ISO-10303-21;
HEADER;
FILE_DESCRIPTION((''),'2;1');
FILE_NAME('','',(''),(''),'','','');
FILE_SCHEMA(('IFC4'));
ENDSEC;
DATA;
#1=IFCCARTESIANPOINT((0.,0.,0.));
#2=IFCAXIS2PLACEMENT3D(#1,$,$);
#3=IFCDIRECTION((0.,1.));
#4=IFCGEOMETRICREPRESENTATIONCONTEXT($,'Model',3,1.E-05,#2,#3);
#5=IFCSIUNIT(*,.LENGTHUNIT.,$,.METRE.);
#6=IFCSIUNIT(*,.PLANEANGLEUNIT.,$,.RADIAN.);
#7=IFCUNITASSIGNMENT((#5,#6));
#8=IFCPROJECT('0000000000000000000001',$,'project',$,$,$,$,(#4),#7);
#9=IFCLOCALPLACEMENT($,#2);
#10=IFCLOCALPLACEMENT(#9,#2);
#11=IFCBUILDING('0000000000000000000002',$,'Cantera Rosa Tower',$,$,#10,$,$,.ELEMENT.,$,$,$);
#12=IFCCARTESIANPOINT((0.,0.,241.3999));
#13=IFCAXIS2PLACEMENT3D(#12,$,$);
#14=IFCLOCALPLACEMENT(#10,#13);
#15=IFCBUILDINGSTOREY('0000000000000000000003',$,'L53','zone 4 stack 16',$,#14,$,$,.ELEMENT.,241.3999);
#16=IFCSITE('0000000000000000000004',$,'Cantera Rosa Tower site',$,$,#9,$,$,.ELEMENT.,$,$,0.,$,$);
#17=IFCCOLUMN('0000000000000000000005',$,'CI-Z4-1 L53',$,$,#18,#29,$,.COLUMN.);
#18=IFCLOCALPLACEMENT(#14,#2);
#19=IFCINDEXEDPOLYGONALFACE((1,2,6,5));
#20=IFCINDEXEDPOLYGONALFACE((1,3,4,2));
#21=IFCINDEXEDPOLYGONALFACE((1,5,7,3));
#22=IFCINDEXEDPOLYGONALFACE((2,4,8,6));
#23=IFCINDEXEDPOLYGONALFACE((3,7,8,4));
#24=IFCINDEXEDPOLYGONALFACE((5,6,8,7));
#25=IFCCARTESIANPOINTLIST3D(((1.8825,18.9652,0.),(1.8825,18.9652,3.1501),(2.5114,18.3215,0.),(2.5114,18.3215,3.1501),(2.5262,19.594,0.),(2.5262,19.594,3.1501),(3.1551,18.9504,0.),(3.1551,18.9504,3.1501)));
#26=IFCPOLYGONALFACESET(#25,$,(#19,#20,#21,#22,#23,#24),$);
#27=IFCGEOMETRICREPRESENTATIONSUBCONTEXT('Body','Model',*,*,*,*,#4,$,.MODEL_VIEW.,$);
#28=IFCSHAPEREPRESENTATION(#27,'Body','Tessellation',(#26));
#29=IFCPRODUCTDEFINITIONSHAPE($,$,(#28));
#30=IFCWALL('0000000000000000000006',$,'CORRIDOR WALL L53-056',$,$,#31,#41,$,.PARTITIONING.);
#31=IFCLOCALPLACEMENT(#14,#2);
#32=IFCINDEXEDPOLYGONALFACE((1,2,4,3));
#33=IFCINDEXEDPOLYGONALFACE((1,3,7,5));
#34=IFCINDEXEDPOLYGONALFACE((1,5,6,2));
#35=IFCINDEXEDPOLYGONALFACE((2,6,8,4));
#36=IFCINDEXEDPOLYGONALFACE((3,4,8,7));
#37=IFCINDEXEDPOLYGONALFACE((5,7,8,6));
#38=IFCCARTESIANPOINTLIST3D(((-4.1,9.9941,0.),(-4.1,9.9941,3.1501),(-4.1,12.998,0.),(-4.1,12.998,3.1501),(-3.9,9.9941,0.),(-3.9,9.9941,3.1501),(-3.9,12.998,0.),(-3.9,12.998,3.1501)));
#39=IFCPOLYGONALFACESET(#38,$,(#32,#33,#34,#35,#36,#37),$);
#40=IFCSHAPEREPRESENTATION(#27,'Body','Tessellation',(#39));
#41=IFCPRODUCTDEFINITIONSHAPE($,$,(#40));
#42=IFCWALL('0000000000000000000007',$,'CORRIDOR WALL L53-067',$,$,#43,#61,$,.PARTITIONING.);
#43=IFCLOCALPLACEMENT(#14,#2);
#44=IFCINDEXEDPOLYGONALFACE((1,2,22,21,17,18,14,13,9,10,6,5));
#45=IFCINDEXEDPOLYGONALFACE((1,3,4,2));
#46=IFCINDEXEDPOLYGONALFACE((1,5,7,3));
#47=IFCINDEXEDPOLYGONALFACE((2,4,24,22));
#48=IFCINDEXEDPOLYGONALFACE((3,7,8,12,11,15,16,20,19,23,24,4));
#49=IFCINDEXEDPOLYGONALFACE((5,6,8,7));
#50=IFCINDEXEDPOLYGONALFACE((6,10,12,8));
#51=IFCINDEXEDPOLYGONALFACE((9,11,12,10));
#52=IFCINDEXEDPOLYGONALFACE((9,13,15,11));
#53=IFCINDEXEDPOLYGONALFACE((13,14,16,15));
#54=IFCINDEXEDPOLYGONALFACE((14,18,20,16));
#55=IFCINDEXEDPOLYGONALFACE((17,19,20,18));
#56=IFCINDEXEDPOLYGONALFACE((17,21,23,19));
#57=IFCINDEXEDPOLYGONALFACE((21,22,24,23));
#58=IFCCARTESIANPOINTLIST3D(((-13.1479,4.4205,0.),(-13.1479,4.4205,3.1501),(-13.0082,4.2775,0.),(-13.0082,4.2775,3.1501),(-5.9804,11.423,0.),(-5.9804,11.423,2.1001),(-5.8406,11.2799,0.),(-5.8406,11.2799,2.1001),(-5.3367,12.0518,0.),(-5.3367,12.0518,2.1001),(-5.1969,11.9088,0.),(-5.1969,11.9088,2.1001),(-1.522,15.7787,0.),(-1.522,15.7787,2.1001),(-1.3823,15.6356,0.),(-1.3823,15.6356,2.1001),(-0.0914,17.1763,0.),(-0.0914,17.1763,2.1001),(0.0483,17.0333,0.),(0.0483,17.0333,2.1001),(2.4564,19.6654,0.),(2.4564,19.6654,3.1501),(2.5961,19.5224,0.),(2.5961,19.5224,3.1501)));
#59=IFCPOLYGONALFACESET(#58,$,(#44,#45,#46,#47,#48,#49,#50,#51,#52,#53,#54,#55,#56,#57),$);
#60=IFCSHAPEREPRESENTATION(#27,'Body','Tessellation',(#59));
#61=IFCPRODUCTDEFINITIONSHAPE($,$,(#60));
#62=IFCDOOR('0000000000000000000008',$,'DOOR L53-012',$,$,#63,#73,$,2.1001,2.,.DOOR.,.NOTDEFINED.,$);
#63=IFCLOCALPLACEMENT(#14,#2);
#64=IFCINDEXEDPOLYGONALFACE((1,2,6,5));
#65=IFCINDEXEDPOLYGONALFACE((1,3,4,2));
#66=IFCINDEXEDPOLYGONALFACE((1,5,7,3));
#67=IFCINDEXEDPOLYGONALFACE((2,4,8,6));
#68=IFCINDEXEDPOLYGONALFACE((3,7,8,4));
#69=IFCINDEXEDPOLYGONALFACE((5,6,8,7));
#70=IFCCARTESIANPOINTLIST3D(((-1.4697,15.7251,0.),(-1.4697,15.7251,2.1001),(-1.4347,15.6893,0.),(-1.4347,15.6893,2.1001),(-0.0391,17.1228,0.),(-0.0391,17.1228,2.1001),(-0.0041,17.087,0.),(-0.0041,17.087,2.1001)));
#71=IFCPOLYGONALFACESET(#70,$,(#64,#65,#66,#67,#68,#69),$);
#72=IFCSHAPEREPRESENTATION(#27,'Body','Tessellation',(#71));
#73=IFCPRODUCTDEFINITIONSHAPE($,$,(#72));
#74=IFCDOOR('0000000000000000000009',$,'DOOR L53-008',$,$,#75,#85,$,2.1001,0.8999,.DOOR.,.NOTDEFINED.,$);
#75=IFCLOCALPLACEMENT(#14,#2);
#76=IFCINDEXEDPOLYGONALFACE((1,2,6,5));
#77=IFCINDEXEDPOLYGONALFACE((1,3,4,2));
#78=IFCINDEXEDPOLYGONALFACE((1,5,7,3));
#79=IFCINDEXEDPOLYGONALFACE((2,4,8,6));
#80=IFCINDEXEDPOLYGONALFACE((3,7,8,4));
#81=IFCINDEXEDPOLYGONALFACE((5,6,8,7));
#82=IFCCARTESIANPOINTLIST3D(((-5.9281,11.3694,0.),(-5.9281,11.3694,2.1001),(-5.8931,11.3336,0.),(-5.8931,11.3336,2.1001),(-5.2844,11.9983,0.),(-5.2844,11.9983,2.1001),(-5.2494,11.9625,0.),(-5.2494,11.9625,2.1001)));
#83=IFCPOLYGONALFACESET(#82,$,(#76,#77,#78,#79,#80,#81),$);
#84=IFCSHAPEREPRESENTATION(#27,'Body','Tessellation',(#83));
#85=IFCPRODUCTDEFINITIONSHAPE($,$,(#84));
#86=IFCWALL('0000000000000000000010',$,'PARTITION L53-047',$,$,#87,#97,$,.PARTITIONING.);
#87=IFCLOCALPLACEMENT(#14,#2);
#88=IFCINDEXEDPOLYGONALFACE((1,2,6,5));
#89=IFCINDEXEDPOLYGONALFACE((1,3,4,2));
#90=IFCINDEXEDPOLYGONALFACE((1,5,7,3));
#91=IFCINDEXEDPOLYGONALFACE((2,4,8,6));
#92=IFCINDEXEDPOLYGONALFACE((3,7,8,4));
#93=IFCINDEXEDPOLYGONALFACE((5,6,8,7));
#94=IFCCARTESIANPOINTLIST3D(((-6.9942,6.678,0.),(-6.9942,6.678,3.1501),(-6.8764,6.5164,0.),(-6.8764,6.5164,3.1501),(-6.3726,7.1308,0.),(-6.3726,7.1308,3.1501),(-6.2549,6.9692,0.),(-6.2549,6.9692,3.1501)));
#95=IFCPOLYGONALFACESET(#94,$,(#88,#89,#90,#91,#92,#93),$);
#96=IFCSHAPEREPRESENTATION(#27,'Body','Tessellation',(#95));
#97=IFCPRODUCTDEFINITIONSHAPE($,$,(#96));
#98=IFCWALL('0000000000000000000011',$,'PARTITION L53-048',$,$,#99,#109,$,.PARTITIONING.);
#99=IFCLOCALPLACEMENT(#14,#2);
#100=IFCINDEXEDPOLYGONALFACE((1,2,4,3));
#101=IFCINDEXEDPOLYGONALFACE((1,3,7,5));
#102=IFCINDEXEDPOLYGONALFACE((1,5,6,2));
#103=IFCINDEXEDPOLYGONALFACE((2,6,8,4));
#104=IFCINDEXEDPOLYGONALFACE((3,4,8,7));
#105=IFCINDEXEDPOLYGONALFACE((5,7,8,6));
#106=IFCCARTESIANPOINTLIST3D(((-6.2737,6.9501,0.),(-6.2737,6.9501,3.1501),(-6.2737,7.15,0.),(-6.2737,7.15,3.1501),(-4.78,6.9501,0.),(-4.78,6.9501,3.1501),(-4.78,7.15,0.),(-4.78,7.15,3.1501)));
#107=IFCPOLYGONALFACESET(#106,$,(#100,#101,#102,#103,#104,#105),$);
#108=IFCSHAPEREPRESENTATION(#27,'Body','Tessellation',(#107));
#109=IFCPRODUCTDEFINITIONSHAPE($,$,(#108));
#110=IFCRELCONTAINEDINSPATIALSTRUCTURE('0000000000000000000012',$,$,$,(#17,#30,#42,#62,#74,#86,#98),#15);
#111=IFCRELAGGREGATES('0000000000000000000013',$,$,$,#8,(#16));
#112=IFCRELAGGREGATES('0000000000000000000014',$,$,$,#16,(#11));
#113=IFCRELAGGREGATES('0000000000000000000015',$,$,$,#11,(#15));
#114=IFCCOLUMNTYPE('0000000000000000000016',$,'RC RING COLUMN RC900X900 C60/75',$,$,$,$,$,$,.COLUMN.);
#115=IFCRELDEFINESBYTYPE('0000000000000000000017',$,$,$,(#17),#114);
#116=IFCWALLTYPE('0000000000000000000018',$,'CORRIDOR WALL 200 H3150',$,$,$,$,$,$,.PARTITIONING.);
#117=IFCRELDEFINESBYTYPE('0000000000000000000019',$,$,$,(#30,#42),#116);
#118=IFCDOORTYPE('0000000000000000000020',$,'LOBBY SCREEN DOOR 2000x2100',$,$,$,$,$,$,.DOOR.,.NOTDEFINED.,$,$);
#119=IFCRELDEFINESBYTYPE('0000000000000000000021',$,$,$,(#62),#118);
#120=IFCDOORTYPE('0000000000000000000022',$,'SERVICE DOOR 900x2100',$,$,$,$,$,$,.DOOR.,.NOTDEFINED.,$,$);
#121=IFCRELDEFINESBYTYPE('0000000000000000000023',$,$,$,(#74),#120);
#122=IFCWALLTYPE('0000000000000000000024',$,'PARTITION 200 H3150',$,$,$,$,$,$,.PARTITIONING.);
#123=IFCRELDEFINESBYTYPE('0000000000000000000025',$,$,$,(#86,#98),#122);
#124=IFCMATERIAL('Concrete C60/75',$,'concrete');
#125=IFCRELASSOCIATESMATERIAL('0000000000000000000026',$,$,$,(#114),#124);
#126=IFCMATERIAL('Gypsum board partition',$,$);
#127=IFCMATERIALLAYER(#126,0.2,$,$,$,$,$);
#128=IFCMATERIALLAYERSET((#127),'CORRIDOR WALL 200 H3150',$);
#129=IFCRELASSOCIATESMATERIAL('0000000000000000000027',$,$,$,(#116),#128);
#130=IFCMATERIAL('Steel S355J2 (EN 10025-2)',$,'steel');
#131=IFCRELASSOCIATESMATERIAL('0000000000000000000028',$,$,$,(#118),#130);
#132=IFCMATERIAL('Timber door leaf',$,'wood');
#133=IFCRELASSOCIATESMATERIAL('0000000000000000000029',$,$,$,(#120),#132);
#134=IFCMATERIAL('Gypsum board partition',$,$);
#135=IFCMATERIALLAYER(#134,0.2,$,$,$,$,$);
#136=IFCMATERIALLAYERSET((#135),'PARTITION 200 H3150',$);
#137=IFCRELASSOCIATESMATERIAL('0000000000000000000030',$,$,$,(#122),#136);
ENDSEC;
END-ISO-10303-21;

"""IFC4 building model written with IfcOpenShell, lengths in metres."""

from ifc_helpers import new_model, si_unit, direction, frame, frame_2d, origin, origin_2d, place, context, subcontext, project, spatial, rectangle, extrude, material, layer, layer_set, material_profile, profile_set, type_object, element, fill, save


model = new_model("IFC4")

# Units and contexts
model_context = context("Model", 3, precision=1e-05, world=origin(), true_north=direction((0.0, 1.0)))
body_context = subcontext(model_context, "Body", "Model", "MODEL_VIEW")
ifc_project = project(units=[si_unit("LENGTHUNIT", "METRE"), si_unit("PLANEANGLEUNIT", "RADIAN")], contexts=[model_context])

# Site, building, storey
site_placement = place(None, origin())
site = spatial("IfcSite", under=ifc_project, at=site_placement, Name="Cantera Rosa Tower site", CompositionType="ELEMENT", RefElevation=0.0)
building_placement = place(site_placement, origin())
building = spatial("IfcBuilding", under=site, at=building_placement, Name="Cantera Rosa Tower", CompositionType="ELEMENT")
storey_placement = place(building_placement, frame((0.0, 0.0, 241.3999)))
storey = spatial("IfcBuildingStorey", under=building, at=storey_placement, Name="L53", Description="zone 4 stack 16", CompositionType="ELEMENT", Elevation=241.3999)

# Column
ifc_material_1 = material(Name="Concrete C60/75", Category="concrete")
ifc_material_profile = material_profile(ifc_material_1, rectangle(XDim=0.8999, YDim=0.8999, at=origin_2d()), Name="RC RING COLUMN RC900X900 C60/75")
ifc_profile_set = profile_set([ifc_material_profile], Name="Concrete C60/75")
column_type = type_object("IfcColumnType", Name="RC RING COLUMN RC900X900 C60/75", PredefinedType="COLUMN", material=ifc_profile_set)
column_placement = place(storey_placement, frame((2.5188, 18.9578, 0.0), z_axis=(0.0, 0.0, 1.0), x_axis=(0.715286, 0.698832, 0.0)))
element("IfcColumn", 1, at=column_placement, inside=storey, type_object=column_type, Name="CI-Z4-1 L53", PredefinedType="COLUMN", context=body_context, shape_type="SweptSolid", body=[
    extrude(rectangle(XDim=0.8999, YDim=0.8999, at=origin_2d()), origin(), (0.0, 0.0, 1.0), 3.1501),
])

# Wall
ifc_material_2 = material(Name="Gypsum board partition")
ifc_layer_1 = layer(ifc_material_2, 0.2)
ifc_layer_set_1 = layer_set([ifc_layer_1], Name="CORRIDOR WALL 200 H3150")
wall_type_1 = type_object("IfcWallType", Name="CORRIDOR WALL 200 H3150", PredefinedType="PARTITIONING", material=ifc_layer_set_1)
wall_1_placement = place(storey_placement, frame((-4.0, 12.998, 0.0), z_axis=(0.0, 0.0, 1.0), x_axis=(0.0, -1.0, 0.0)))
element("IfcWall", 2, at=wall_1_placement, inside=storey, type_object=wall_type_1, Name="CORRIDOR WALL L53-056", PredefinedType="PARTITIONING", context=body_context, shape_type="SweptSolid", body=[
    extrude(rectangle(XDim=3.0039, YDim=0.2, at=frame_2d((1.502, 0.0))), origin(), (0.0, 0.0, 1.0), 3.1501),
])

# Wall, openings, doors
wall_2_placement = place(storey_placement, frame((2.5264, 19.594, 0.0), z_axis=(0.0, 0.0, 1.0), x_axis=(-0.715296, -0.698822, 0.0)))
wall_2 = element("IfcWall", 3, at=wall_2_placement, inside=storey, type_object=wall_type_1, Name="CORRIDOR WALL L53-067", PredefinedType="PARTITIONING", context=body_context, shape_type="SweptSolid", body=[
    extrude(rectangle(XDim=21.8152, YDim=0.2, at=frame_2d((10.9077, 0.0))), origin(), (0.0, 0.0, 1.0), 3.1501),
])
opening_1_placement = place(wall_2_placement, frame((10.895, 0.0, 0.0)))
opening_1 = element("IfcOpeningElement", 4, at=opening_1_placement, cuts=wall_2, PredefinedType="OPENING", context=body_context, shape_type="SweptSolid", body=[
    extrude(rectangle(XDim=0.8999, YDim=2.1001, at=frame_2d((0.45, 1.05))), frame((0.0, 0.1099, 0.0), z_axis=(0.0, -1.0, 0.0), x_axis=(1.0, 0.0, 0.0)), (0.0, 0.0, 1.0), 0.22),
])
opening_2_placement = place(wall_2_placement, frame((3.562, 0.0, 0.0)))
opening_2 = element("IfcOpeningElement", 5, at=opening_2_placement, cuts=wall_2, PredefinedType="OPENING", context=body_context, shape_type="SweptSolid", body=[
    extrude(rectangle(XDim=2.0, YDim=2.1001, at=frame_2d((1.0, 1.05))), frame((0.0, 0.1099, 0.0), z_axis=(0.0, -1.0, 0.0), x_axis=(1.0, 0.0, 0.0)), (0.0, 0.0, 1.0), 0.22),
])
ifc_material_3 = material(Name="Steel S355J2 (EN 10025-2)", Category="steel")
door_type_1 = type_object("IfcDoorType", Name="LOBBY SCREEN DOOR 2000x2100", OperationType="NOTDEFINED", PredefinedType="DOOR", material=ifc_material_3)
door_1_placement = place(opening_2_placement, origin())
door_1 = element("IfcDoor", 6, at=door_1_placement, inside=storey, type_object=door_type_1, Name="DOOR L53-012", OperationType="NOTDEFINED", OverallHeight=2.1001, OverallWidth=2.0, PredefinedType="DOOR", context=body_context, shape_type="SweptSolid", body=[
    extrude(rectangle(XDim=2.0, YDim=2.1001, at=frame_2d((1.0, 1.05))), frame((0.0, 0.0249, 0.0), z_axis=(0.0, -1.0, 0.0), x_axis=(1.0, 0.0, 0.0)), (0.0, 0.0, 1.0), 0.05),
])
fill(opening_2, door_1)
ifc_material_4 = material(Name="Timber door leaf", Category="wood")
door_type_2 = type_object("IfcDoorType", Name="SERVICE DOOR 900x2100", OperationType="NOTDEFINED", PredefinedType="DOOR", material=ifc_material_4)
door_2_placement = place(opening_1_placement, origin())
door_2 = element("IfcDoor", 7, at=door_2_placement, inside=storey, type_object=door_type_2, Name="DOOR L53-008", OperationType="NOTDEFINED", OverallHeight=2.1001, OverallWidth=0.8999, PredefinedType="DOOR", context=body_context, shape_type="SweptSolid", body=[
    extrude(rectangle(XDim=0.8999, YDim=2.1001, at=frame_2d((0.45, 1.05))), frame((0.0, 0.0249, 0.0), z_axis=(0.0, -1.0, 0.0), x_axis=(1.0, 0.0, 0.0)), (0.0, 0.0, 1.0), 0.05),
])
fill(opening_1, door_2)

# Walls
ifc_material_5 = material(Name="Gypsum board partition")
ifc_layer_2 = layer(ifc_material_5, 0.2)
ifc_layer_set_2 = layer_set([ifc_layer_2], Name="PARTITION 200 H3150")
wall_type_2 = type_object("IfcWallType", Name="PARTITION 200 H3150", PredefinedType="PARTITIONING", material=ifc_layer_set_2)
wall_3_placement = place(storey_placement, frame((-6.9353, 6.5972, 0.0), z_axis=(0.0, 0.0, 1.0), x_axis=(0.808228, 0.58887, 0.0)))
element("IfcWall", 8, at=wall_3_placement, inside=storey, type_object=wall_type_2, Name="PARTITION L53-047", PredefinedType="PARTITIONING", context=body_context, shape_type="SweptSolid", body=[
    extrude(rectangle(XDim=0.769, YDim=0.2, at=frame_2d((0.3845, 0.0))), origin(), (0.0, 0.0, 1.0), 3.1501),
])
wall_4_placement = place(storey_placement, frame((-6.2737, 7.05, 0.0), z_axis=(0.0, 0.0, 1.0), x_axis=(1.0, 0.0, 0.0)))
element("IfcWall", 9, at=wall_4_placement, inside=storey, type_object=wall_type_2, Name="PARTITION L53-048", PredefinedType="PARTITIONING", context=body_context, shape_type="SweptSolid", body=[
    extrude(rectangle(XDim=1.4937, YDim=0.2, at=frame_2d((0.7468, 0.0))), origin(), (0.0, 0.0, 1.0), 3.1501),
])

save(model, "model.ifc")
